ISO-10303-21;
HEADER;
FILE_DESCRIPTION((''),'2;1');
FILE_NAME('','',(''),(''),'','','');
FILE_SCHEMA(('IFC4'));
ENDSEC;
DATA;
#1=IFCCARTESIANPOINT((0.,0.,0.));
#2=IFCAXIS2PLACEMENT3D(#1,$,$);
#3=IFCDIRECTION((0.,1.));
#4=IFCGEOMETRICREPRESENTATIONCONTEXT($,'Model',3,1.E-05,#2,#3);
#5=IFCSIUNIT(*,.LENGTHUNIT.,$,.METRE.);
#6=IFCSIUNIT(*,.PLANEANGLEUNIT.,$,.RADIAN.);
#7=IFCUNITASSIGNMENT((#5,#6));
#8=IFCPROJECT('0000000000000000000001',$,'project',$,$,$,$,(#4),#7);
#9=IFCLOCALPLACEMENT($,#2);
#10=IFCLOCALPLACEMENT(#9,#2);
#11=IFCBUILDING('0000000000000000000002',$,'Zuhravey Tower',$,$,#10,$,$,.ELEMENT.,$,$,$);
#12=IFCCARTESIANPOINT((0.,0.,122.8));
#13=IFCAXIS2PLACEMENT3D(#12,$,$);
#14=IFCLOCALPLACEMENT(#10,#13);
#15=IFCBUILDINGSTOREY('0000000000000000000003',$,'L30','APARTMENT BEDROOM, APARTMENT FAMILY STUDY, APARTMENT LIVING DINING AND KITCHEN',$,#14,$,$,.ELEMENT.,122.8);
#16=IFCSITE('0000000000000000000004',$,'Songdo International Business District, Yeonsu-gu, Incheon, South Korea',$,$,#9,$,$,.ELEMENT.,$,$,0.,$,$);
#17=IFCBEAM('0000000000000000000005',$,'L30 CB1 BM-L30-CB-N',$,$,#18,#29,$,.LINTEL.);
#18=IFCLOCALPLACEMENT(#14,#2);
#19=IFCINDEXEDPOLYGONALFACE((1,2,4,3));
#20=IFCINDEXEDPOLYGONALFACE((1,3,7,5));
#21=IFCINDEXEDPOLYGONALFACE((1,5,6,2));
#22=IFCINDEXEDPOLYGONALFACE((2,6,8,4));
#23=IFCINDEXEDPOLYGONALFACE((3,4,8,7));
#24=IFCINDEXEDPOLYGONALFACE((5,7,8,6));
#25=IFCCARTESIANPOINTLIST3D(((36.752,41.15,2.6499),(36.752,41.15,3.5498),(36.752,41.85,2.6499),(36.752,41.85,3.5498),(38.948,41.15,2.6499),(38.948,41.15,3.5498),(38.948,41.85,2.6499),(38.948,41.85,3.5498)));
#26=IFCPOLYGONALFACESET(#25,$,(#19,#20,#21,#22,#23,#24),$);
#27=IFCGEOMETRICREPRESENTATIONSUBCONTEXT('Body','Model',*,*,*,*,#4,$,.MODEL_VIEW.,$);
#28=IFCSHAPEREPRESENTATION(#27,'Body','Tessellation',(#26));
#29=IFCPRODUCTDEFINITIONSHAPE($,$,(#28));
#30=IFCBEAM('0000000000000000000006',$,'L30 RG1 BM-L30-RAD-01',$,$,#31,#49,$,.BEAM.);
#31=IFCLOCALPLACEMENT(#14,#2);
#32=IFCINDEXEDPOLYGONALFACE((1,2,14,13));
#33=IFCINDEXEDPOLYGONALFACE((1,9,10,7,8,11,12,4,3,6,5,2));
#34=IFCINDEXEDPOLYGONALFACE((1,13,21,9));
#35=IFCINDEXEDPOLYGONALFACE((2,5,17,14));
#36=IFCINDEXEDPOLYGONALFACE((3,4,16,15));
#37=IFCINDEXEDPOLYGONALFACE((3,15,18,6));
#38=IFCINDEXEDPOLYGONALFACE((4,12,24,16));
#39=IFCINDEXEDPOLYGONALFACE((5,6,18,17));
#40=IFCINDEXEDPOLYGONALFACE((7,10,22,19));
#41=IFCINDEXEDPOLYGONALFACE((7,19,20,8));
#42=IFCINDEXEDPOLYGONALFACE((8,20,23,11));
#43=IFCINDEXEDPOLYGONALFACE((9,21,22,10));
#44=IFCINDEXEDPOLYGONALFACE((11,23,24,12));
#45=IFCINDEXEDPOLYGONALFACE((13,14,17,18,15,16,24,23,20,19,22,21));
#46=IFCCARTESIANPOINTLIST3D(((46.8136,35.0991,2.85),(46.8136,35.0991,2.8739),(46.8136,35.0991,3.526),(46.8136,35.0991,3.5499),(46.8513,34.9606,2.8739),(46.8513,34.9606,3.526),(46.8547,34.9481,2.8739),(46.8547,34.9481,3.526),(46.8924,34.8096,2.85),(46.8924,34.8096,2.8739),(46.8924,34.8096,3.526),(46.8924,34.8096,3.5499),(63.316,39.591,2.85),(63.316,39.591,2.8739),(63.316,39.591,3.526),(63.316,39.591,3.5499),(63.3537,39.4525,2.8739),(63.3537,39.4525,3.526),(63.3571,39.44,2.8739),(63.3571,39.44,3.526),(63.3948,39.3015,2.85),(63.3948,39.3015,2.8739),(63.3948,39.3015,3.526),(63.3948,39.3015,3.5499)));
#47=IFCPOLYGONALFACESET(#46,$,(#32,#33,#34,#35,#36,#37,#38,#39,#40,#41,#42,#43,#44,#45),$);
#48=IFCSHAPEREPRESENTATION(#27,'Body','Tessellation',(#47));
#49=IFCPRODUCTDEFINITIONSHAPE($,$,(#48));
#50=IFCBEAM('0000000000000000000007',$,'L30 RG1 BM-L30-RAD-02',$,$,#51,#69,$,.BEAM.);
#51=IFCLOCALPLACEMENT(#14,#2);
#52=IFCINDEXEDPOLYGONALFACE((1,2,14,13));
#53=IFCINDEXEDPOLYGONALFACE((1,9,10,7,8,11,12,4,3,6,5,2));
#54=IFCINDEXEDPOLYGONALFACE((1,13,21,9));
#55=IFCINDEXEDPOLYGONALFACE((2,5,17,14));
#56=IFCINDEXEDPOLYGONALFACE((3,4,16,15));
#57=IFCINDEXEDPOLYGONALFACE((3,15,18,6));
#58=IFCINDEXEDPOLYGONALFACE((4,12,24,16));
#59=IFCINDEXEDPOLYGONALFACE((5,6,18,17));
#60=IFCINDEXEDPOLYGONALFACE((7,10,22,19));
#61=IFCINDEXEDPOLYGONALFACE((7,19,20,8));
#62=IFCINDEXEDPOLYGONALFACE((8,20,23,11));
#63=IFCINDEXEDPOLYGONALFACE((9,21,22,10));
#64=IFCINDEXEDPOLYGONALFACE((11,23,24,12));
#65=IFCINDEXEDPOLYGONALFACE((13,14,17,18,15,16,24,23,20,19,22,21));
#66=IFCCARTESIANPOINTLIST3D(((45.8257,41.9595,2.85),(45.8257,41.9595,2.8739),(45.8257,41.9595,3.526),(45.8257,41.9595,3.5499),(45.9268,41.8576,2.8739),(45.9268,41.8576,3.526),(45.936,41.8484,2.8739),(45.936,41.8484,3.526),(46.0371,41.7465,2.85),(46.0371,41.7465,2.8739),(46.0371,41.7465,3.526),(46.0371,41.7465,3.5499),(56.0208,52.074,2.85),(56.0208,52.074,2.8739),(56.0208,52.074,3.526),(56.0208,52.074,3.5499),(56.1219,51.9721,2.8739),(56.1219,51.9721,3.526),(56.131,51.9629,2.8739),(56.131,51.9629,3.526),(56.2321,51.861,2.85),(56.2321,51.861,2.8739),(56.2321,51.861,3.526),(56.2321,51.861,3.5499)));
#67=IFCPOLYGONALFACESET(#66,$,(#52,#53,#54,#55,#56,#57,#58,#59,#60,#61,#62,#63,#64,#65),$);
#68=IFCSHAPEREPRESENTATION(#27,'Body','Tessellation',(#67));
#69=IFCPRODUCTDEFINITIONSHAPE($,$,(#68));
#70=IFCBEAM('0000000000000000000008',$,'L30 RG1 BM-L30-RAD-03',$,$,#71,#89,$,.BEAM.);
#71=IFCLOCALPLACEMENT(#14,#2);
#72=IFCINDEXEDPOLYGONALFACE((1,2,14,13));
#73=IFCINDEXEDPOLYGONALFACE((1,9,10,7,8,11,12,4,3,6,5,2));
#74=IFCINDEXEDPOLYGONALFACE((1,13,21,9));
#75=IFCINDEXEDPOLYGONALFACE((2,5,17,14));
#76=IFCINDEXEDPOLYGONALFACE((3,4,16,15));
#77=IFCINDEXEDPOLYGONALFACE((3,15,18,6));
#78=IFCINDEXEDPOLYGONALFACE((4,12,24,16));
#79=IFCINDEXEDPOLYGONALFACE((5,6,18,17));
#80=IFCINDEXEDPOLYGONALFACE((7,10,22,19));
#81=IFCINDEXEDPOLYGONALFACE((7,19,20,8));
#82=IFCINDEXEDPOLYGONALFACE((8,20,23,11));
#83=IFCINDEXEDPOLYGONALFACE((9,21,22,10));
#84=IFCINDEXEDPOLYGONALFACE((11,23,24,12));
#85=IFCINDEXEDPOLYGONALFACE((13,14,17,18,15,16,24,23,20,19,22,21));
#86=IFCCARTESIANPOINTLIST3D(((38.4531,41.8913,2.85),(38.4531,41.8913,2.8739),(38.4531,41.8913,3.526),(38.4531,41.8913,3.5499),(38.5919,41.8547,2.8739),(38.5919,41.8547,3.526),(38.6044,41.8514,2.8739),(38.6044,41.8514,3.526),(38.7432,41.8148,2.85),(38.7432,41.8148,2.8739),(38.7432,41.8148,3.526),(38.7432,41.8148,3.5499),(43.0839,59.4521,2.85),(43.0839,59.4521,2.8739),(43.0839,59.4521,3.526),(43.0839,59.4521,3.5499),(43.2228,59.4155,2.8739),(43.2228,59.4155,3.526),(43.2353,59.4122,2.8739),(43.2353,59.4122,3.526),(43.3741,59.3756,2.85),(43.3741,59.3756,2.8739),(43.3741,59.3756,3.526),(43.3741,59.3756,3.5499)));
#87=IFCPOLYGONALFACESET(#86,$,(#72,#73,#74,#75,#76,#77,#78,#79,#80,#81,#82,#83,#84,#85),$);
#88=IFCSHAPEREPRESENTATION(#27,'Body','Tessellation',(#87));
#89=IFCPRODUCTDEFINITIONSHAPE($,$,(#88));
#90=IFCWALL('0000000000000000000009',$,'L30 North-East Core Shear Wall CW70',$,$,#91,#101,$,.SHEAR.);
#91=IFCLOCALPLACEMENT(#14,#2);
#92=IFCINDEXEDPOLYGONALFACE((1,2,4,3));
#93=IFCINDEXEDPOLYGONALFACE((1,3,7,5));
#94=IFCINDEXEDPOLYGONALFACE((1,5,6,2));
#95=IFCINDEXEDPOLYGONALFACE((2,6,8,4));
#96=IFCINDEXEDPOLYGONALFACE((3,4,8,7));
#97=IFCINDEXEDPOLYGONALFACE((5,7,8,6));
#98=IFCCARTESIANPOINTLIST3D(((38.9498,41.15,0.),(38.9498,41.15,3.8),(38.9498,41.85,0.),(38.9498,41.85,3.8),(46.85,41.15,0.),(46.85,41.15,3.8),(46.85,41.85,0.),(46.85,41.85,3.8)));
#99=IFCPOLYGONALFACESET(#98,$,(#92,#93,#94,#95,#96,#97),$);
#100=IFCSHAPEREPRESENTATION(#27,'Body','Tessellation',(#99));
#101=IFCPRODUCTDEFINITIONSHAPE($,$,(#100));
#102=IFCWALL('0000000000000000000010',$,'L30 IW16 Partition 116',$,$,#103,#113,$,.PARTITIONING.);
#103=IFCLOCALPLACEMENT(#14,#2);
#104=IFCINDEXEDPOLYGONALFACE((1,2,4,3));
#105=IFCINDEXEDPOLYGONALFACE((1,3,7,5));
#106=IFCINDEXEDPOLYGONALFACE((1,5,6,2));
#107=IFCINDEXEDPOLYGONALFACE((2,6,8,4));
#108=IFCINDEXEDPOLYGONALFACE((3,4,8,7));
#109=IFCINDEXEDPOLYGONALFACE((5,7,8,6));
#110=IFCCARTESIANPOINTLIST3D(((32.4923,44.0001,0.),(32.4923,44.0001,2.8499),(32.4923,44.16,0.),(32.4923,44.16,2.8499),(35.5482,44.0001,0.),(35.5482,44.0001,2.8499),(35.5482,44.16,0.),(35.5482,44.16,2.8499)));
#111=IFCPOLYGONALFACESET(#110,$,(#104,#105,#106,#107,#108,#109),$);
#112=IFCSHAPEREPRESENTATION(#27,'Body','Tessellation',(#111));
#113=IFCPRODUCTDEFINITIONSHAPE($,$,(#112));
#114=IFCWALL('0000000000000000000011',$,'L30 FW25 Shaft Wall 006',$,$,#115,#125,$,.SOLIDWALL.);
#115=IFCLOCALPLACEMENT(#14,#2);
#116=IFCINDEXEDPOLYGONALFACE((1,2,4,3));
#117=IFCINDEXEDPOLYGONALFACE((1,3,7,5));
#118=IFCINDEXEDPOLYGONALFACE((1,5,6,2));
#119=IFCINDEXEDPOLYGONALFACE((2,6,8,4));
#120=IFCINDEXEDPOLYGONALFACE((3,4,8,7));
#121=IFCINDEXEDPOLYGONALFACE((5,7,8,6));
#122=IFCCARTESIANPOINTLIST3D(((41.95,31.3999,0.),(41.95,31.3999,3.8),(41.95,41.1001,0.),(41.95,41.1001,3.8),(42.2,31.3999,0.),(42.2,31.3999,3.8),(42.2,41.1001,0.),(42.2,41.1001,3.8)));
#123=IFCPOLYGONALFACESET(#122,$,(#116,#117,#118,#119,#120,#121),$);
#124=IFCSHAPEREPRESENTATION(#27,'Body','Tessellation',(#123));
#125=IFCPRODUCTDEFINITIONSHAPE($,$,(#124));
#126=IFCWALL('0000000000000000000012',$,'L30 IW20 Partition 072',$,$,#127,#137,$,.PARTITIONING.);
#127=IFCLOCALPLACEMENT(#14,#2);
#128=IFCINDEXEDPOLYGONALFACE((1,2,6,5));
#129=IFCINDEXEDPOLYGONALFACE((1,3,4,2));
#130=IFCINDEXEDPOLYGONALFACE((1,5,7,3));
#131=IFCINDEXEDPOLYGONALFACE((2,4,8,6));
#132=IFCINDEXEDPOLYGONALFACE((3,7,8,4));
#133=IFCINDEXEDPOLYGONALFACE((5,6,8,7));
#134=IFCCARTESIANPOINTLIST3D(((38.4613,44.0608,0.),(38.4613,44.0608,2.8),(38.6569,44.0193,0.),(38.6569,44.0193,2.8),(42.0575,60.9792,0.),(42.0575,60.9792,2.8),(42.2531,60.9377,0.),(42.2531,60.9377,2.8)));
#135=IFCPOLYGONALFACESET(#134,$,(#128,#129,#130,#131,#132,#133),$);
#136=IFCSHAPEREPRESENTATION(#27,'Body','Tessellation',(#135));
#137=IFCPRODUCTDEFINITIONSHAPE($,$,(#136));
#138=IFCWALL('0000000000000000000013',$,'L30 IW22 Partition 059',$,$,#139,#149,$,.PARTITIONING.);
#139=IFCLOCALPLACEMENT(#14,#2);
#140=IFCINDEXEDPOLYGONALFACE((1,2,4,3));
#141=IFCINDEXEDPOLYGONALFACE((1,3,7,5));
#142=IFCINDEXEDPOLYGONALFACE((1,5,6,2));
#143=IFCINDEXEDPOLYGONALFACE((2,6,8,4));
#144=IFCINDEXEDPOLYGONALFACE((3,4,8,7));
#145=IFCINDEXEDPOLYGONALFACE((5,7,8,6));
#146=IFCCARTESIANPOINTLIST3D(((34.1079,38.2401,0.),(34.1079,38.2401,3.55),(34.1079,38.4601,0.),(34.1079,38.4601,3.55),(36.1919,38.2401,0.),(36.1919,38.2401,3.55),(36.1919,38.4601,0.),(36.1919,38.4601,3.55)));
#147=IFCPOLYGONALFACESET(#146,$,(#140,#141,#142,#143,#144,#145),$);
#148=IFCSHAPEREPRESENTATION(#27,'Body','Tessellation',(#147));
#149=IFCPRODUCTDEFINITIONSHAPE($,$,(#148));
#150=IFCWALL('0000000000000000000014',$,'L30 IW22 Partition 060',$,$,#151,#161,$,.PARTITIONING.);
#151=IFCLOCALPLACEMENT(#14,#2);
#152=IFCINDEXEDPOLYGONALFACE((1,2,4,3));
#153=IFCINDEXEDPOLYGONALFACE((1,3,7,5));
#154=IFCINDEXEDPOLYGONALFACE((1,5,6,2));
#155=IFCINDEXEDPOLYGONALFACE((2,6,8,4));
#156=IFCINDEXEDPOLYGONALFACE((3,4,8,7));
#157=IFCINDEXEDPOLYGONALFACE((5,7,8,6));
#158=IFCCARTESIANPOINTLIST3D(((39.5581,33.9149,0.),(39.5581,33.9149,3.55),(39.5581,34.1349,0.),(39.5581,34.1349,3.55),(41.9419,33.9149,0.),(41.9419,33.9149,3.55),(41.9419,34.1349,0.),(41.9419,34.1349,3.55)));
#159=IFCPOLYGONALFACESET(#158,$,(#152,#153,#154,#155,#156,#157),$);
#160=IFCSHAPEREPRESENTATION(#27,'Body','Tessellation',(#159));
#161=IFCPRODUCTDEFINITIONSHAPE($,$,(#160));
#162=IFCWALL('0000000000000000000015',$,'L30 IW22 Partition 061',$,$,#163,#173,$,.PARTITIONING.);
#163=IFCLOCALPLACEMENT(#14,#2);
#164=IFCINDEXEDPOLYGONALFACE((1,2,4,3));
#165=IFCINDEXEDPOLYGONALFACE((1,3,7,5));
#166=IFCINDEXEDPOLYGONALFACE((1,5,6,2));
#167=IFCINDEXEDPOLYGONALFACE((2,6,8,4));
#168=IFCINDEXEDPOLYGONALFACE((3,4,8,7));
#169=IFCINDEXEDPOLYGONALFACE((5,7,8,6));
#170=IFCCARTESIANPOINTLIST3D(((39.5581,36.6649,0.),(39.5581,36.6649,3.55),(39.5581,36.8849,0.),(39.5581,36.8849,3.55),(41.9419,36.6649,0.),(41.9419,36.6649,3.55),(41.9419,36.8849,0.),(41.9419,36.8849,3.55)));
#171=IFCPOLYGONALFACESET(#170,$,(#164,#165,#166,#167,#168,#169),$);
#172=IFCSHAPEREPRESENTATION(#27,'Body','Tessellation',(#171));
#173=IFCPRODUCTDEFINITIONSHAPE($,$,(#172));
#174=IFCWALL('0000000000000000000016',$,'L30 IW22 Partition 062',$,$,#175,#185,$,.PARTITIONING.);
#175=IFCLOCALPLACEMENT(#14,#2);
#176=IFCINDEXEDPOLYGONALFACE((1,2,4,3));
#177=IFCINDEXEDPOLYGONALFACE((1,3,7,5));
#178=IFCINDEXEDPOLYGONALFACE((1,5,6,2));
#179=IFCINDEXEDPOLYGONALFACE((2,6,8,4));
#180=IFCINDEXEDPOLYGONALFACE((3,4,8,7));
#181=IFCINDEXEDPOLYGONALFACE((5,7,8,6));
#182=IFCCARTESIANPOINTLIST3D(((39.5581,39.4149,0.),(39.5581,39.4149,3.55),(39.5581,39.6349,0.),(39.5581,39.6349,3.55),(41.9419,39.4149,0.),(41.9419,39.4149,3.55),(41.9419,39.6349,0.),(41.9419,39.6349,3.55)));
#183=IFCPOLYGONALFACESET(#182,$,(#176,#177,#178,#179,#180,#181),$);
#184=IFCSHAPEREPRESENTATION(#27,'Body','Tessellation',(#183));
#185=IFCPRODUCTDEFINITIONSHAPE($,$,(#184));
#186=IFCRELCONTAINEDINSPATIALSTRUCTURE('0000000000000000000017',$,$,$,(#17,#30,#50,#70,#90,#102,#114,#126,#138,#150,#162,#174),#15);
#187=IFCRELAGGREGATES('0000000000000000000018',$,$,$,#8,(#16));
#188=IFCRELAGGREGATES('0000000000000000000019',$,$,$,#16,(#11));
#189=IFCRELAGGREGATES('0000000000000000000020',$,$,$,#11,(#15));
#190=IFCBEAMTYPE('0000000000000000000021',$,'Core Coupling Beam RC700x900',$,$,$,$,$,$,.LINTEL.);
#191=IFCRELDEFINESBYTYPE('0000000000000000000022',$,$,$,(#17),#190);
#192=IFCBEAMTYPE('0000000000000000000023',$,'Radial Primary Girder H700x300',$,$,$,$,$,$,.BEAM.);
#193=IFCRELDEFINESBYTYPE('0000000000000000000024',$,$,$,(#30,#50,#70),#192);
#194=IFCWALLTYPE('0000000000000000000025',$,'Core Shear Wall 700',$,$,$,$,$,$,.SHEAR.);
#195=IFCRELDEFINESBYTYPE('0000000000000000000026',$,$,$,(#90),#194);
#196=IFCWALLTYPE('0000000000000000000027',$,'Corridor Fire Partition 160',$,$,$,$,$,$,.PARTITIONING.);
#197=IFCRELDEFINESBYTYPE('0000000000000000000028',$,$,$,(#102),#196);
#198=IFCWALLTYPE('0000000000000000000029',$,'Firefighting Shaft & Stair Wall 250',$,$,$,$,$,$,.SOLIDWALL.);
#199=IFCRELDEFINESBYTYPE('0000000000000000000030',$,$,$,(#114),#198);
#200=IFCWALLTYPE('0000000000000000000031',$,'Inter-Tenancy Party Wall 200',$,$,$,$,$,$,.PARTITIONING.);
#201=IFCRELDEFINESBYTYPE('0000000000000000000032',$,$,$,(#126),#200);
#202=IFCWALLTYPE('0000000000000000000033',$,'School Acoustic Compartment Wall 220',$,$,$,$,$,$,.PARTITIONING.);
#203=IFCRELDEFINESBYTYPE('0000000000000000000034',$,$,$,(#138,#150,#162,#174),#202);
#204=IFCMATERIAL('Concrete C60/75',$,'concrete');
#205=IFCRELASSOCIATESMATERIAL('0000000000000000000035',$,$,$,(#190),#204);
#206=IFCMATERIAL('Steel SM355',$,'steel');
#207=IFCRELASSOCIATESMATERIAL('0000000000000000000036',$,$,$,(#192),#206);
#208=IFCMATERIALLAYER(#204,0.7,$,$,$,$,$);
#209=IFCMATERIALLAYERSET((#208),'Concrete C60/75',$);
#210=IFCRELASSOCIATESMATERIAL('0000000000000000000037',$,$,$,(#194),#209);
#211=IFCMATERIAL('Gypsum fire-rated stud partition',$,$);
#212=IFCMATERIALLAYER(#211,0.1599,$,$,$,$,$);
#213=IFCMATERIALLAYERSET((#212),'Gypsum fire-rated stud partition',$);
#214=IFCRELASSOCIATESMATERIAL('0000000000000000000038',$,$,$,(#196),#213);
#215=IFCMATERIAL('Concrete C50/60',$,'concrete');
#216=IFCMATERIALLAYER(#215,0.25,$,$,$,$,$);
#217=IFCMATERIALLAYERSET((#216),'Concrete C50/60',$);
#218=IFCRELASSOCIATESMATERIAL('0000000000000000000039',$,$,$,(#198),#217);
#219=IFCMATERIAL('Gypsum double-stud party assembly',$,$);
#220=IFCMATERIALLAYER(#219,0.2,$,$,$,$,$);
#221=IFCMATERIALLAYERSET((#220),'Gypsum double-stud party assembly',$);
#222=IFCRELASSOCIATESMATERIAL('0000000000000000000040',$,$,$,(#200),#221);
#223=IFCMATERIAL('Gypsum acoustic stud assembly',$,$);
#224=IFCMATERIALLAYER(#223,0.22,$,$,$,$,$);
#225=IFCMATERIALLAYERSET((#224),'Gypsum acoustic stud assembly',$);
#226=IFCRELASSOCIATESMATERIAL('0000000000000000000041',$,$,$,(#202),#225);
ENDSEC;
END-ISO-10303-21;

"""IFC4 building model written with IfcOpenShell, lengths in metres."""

from ifc_helpers import new_model, si_unit, direction, frame, frame_2d, origin, origin_2d, place, context, subcontext, project, spatial, rectangle, i_section, extrude, material, layer, layer_set, material_profile, profile_set, type_object, element, save


model = new_model("IFC4")

# Units and contexts
model_context = context("Model", 3, precision=1e-05, world=origin(), true_north=direction((0.0, 1.0)))
body_context = subcontext(model_context, "Body", "Model", "MODEL_VIEW")
ifc_project = project(units=[si_unit("LENGTHUNIT", "METRE"), si_unit("PLANEANGLEUNIT", "RADIAN")], contexts=[model_context])

# Site, building, storey
site_placement = place(None, origin())
site = spatial("IfcSite", under=ifc_project, at=site_placement, Name="Songdo International Business District, Yeonsu-gu, Incheon, South Korea", CompositionType="ELEMENT", RefElevation=0.0)
building_placement = place(site_placement, origin())
building = spatial("IfcBuilding", under=site, at=building_placement, Name="Zuhravey Tower", CompositionType="ELEMENT")
storey_placement = place(building_placement, frame((0.0, 0.0, 122.8)))
storey = spatial("IfcBuildingStorey", under=building, at=storey_placement, Name="L30", Description="APARTMENT BEDROOM, APARTMENT FAMILY STUDY, APARTMENT LIVING DINING AND KITCHEN", CompositionType="ELEMENT", Elevation=122.8)

# Beams
ifc_material_1 = material(Name="Concrete C60/75", Category="concrete")
ifc_material_profile_1 = material_profile(ifc_material_1, rectangle(XDim=0.7, YDim=0.8999, at=origin_2d()), Name="RC-700x900")
ifc_profile_set_1 = profile_set([ifc_material_profile_1], Name="Concrete C60/75")
beam_type_1 = type_object("IfcBeamType", Name="Core Coupling Beam RC700x900", PredefinedType="LINTEL", material=ifc_profile_set_1)
beam_1_placement = place(storey_placement, frame((36.752, 41.5, 3.0999), z_axis=(1.0, 0.0, 0.0), x_axis=(0.0, 1.0, 0.0)))
element("IfcBeam", 1, at=beam_1_placement, inside=storey, type_object=beam_type_1, Name="L30 CB1 BM-L30-CB-N", PredefinedType="LINTEL", context=body_context, shape_type="SweptSolid", body=[
    extrude(rectangle(XDim=0.7, YDim=0.8999, at=origin_2d()), origin(), (0.0, 0.0, 1.0), 2.196),
])
ifc_material_2 = material(Name="Steel SM355", Category="steel")
ifc_material_profile_2 = material_profile(ifc_material_2, i_section(OverallWidth=0.3, OverallDepth=0.7, WebThickness=0.0129, FlangeThickness=0.0239, at=origin_2d()), Name="H-700x300x13x24")
ifc_profile_set_2 = profile_set([ifc_material_profile_2], Name="Steel SM355")
beam_type_2 = type_object("IfcBeamType", Name="Radial Primary Girder H700x300", PredefinedType="BEAM", material=ifc_profile_set_2)
beam_2_placement = place(storey_placement, frame((46.853, 34.9543, 3.2), z_axis=(0.964893, 0.262643, 0.0), x_axis=(-0.262643, 0.964893, 0.0)))
element("IfcBeam", 2, at=beam_2_placement, inside=storey, type_object=beam_type_2, Name="L30 RG1 BM-L30-RAD-01", PredefinedType="BEAM", context=body_context, shape_type="SweptSolid", body=[
    extrude(i_section(OverallWidth=0.3, OverallDepth=0.7, WebThickness=0.0129, FlangeThickness=0.0239, at=origin_2d()), origin(), (0.0, 0.0, 1.0), 17.1028),
])
beam_3_placement = place(storey_placement, frame((45.9314, 41.853, 3.2), z_axis=(0.709906, 0.704296, 0.0), x_axis=(-0.704296, 0.709906, 0.0)))
element("IfcBeam", 3, at=beam_3_placement, inside=storey, type_object=beam_type_2, Name="L30 RG1 BM-L30-RAD-02", PredefinedType="BEAM", context=body_context, shape_type="SweptSolid", body=[
    extrude(i_section(OverallWidth=0.3, OverallDepth=0.7, WebThickness=0.0129, FlangeThickness=0.0239, at=origin_2d()), origin(), (0.0, 0.0, 1.0), 14.3611),
])
beam_4_placement = place(storey_placement, frame((38.5981, 41.853, 3.2), z_axis=(0.254988, 0.966944, 0.0), x_axis=(-0.966944, 0.254988, 0.0)))
element("IfcBeam", 4, at=beam_4_placement, inside=storey, type_object=beam_type_2, Name="L30 RG1 BM-L30-RAD-03", PredefinedType="BEAM", context=body_context, shape_type="SweptSolid", body=[
    extrude(i_section(OverallWidth=0.3, OverallDepth=0.7, WebThickness=0.0129, FlangeThickness=0.0239, at=origin_2d()), origin(), (0.0, 0.0, 1.0), 18.1611),
])

# Wall
ifc_layer_1 = layer(ifc_material_1, 0.7)
ifc_layer_set_1 = layer_set([ifc_layer_1], Name="Concrete C60/75")
wall_type_1 = type_object("IfcWallType", Name="Core Shear Wall 700", PredefinedType="SHEAR", material=ifc_layer_set_1)
wall_1_placement = place(storey_placement, frame((46.8501, 41.5, 0.0), z_axis=(0.0, 0.0, 1.0), x_axis=(-1.0, 0.0, 0.0)))
element("IfcWall", 5, at=wall_1_placement, inside=storey, type_object=wall_type_1, Name="L30 North-East Core Shear Wall CW70", PredefinedType="SHEAR", context=body_context, shape_type="SweptSolid", body=[
    extrude(rectangle(XDim=7.9001, YDim=0.7, at=frame_2d((3.9502, 0.0))), origin(), (0.0, 0.0, 1.0), 3.8),
])

# Shared definitions
ifc_material_3 = material(Name="Gypsum fire-rated stud partition")
ifc_layer_2 = layer(ifc_material_3, 0.1599)
ifc_layer_set_2 = layer_set([ifc_layer_2], Name="Gypsum fire-rated stud partition")
wall_type_2 = type_object("IfcWallType", Name="Corridor Fire Partition 160", PredefinedType="PARTITIONING", material=ifc_layer_set_2)

# Wall
wall_2_placement = place(storey_placement, frame((35.5481, 44.0801, 0.0), z_axis=(0.0, 0.0, 1.0), x_axis=(-1.0, 0.0, 0.0)))
element("IfcWall", 6, at=wall_2_placement, inside=storey, type_object=wall_type_2, Name="L30 IW16 Partition 116", PredefinedType="PARTITIONING", context=body_context, shape_type="SweptSolid", body=[
    extrude(rectangle(XDim=3.0559, YDim=0.1599, at=frame_2d((1.5278, 0.0))), origin(), (0.0, 0.0, 1.0), 2.8499),
])

# Shared definitions
ifc_material_4 = material(Name="Concrete C50/60", Category="concrete")
ifc_layer_3 = layer(ifc_material_4, 0.25)
ifc_layer_set_3 = layer_set([ifc_layer_3], Name="Concrete C50/60")
wall_type_3 = type_object("IfcWallType", Name="Firefighting Shaft & Stair Wall 250", PredefinedType="SOLIDWALL", material=ifc_layer_set_3)

# Walls
wall_3_placement = place(storey_placement, frame((42.075, 31.3999, 0.0), z_axis=(0.0, 0.0, 1.0), x_axis=(0.0, 1.0, 0.0)))
element("IfcWall", 7, at=wall_3_placement, inside=storey, type_object=wall_type_3, Name="L30 FW25 Shaft Wall 006", PredefinedType="SOLIDWALL", context=body_context, shape_type="SweptSolid", body=[
    extrude(rectangle(XDim=9.7002, YDim=0.25, at=frame_2d((4.8501, 0.0))), origin(), (0.0, 0.0, 1.0), 3.8),
])
ifc_material_5 = material(Name="Gypsum double-stud party assembly")
ifc_layer_4 = layer(ifc_material_5, 0.2)
ifc_layer_set_4 = layer_set([ifc_layer_4], Name="Gypsum double-stud party assembly")
wall_type_4 = type_object("IfcWallType", Name="Inter-Tenancy Party Wall 200", PredefinedType="PARTITIONING", material=ifc_layer_set_4)
wall_4_placement = place(storey_placement, frame((38.5591, 44.04, 0.0), z_axis=(0.0, 0.0, 1.0), x_axis=(0.207915, 0.978147, 0.0)))
element("IfcWall", 8, at=wall_4_placement, inside=storey, type_object=wall_type_4, Name="L30 IW20 Partition 072", PredefinedType="PARTITIONING", context=body_context, shape_type="SweptSolid", body=[
    extrude(rectangle(XDim=17.2964, YDim=0.2, at=frame_2d((8.6482, 0.0))), origin(), (0.0, 0.0, 1.0), 2.8),
])
ifc_material_6 = material(Name="Gypsum acoustic stud assembly")
ifc_layer_5 = layer(ifc_material_6, 0.22)
ifc_layer_set_5 = layer_set([ifc_layer_5], Name="Gypsum acoustic stud assembly")
wall_type_5 = type_object("IfcWallType", Name="School Acoustic Compartment Wall 220", PredefinedType="PARTITIONING", material=ifc_layer_set_5)
wall_5_placement = place(storey_placement, frame((34.1079, 38.3501, 0.0), z_axis=(0.0, 0.0, 1.0), x_axis=(1.0, 0.0, 0.0)))
element("IfcWall", 9, at=wall_5_placement, inside=storey, type_object=wall_type_5, Name="L30 IW22 Partition 059", PredefinedType="PARTITIONING", context=body_context, shape_type="SweptSolid", body=[
    extrude(rectangle(XDim=2.084, YDim=0.22, at=frame_2d((1.042, 0.0))), origin(), (0.0, 0.0, 1.0), 3.55),
])
for number, where, z_axis, x_axis, name in (
    (10, (39.5581, 34.0249, 0.0), (0.0, 0.0, 1.0), (1.0, 0.0, 0.0), "L30 IW22 Partition 060"),
    (11, (39.5581, 36.7749, 0.0), (0.0, 0.0, 1.0), (1.0, 0.0, 0.0), "L30 IW22 Partition 061"),
    (12, (39.5581, 39.5249, 0.0), (0.0, 0.0, 1.0), (1.0, 0.0, 0.0), "L30 IW22 Partition 062"),
):
    element("IfcWall", number, at=place(storey_placement, frame(where, z_axis=z_axis, x_axis=x_axis)), inside=storey, type_object=wall_type_5, Name=name, PredefinedType="PARTITIONING", context=body_context, shape_type="SweptSolid", body=[
        extrude(rectangle(XDim=2.3838, YDim=0.22, at=frame_2d((1.1919, 0.0))), origin(), (0.0, 0.0, 1.0), 3.55),
    ])

save(model, "model.ifc")
